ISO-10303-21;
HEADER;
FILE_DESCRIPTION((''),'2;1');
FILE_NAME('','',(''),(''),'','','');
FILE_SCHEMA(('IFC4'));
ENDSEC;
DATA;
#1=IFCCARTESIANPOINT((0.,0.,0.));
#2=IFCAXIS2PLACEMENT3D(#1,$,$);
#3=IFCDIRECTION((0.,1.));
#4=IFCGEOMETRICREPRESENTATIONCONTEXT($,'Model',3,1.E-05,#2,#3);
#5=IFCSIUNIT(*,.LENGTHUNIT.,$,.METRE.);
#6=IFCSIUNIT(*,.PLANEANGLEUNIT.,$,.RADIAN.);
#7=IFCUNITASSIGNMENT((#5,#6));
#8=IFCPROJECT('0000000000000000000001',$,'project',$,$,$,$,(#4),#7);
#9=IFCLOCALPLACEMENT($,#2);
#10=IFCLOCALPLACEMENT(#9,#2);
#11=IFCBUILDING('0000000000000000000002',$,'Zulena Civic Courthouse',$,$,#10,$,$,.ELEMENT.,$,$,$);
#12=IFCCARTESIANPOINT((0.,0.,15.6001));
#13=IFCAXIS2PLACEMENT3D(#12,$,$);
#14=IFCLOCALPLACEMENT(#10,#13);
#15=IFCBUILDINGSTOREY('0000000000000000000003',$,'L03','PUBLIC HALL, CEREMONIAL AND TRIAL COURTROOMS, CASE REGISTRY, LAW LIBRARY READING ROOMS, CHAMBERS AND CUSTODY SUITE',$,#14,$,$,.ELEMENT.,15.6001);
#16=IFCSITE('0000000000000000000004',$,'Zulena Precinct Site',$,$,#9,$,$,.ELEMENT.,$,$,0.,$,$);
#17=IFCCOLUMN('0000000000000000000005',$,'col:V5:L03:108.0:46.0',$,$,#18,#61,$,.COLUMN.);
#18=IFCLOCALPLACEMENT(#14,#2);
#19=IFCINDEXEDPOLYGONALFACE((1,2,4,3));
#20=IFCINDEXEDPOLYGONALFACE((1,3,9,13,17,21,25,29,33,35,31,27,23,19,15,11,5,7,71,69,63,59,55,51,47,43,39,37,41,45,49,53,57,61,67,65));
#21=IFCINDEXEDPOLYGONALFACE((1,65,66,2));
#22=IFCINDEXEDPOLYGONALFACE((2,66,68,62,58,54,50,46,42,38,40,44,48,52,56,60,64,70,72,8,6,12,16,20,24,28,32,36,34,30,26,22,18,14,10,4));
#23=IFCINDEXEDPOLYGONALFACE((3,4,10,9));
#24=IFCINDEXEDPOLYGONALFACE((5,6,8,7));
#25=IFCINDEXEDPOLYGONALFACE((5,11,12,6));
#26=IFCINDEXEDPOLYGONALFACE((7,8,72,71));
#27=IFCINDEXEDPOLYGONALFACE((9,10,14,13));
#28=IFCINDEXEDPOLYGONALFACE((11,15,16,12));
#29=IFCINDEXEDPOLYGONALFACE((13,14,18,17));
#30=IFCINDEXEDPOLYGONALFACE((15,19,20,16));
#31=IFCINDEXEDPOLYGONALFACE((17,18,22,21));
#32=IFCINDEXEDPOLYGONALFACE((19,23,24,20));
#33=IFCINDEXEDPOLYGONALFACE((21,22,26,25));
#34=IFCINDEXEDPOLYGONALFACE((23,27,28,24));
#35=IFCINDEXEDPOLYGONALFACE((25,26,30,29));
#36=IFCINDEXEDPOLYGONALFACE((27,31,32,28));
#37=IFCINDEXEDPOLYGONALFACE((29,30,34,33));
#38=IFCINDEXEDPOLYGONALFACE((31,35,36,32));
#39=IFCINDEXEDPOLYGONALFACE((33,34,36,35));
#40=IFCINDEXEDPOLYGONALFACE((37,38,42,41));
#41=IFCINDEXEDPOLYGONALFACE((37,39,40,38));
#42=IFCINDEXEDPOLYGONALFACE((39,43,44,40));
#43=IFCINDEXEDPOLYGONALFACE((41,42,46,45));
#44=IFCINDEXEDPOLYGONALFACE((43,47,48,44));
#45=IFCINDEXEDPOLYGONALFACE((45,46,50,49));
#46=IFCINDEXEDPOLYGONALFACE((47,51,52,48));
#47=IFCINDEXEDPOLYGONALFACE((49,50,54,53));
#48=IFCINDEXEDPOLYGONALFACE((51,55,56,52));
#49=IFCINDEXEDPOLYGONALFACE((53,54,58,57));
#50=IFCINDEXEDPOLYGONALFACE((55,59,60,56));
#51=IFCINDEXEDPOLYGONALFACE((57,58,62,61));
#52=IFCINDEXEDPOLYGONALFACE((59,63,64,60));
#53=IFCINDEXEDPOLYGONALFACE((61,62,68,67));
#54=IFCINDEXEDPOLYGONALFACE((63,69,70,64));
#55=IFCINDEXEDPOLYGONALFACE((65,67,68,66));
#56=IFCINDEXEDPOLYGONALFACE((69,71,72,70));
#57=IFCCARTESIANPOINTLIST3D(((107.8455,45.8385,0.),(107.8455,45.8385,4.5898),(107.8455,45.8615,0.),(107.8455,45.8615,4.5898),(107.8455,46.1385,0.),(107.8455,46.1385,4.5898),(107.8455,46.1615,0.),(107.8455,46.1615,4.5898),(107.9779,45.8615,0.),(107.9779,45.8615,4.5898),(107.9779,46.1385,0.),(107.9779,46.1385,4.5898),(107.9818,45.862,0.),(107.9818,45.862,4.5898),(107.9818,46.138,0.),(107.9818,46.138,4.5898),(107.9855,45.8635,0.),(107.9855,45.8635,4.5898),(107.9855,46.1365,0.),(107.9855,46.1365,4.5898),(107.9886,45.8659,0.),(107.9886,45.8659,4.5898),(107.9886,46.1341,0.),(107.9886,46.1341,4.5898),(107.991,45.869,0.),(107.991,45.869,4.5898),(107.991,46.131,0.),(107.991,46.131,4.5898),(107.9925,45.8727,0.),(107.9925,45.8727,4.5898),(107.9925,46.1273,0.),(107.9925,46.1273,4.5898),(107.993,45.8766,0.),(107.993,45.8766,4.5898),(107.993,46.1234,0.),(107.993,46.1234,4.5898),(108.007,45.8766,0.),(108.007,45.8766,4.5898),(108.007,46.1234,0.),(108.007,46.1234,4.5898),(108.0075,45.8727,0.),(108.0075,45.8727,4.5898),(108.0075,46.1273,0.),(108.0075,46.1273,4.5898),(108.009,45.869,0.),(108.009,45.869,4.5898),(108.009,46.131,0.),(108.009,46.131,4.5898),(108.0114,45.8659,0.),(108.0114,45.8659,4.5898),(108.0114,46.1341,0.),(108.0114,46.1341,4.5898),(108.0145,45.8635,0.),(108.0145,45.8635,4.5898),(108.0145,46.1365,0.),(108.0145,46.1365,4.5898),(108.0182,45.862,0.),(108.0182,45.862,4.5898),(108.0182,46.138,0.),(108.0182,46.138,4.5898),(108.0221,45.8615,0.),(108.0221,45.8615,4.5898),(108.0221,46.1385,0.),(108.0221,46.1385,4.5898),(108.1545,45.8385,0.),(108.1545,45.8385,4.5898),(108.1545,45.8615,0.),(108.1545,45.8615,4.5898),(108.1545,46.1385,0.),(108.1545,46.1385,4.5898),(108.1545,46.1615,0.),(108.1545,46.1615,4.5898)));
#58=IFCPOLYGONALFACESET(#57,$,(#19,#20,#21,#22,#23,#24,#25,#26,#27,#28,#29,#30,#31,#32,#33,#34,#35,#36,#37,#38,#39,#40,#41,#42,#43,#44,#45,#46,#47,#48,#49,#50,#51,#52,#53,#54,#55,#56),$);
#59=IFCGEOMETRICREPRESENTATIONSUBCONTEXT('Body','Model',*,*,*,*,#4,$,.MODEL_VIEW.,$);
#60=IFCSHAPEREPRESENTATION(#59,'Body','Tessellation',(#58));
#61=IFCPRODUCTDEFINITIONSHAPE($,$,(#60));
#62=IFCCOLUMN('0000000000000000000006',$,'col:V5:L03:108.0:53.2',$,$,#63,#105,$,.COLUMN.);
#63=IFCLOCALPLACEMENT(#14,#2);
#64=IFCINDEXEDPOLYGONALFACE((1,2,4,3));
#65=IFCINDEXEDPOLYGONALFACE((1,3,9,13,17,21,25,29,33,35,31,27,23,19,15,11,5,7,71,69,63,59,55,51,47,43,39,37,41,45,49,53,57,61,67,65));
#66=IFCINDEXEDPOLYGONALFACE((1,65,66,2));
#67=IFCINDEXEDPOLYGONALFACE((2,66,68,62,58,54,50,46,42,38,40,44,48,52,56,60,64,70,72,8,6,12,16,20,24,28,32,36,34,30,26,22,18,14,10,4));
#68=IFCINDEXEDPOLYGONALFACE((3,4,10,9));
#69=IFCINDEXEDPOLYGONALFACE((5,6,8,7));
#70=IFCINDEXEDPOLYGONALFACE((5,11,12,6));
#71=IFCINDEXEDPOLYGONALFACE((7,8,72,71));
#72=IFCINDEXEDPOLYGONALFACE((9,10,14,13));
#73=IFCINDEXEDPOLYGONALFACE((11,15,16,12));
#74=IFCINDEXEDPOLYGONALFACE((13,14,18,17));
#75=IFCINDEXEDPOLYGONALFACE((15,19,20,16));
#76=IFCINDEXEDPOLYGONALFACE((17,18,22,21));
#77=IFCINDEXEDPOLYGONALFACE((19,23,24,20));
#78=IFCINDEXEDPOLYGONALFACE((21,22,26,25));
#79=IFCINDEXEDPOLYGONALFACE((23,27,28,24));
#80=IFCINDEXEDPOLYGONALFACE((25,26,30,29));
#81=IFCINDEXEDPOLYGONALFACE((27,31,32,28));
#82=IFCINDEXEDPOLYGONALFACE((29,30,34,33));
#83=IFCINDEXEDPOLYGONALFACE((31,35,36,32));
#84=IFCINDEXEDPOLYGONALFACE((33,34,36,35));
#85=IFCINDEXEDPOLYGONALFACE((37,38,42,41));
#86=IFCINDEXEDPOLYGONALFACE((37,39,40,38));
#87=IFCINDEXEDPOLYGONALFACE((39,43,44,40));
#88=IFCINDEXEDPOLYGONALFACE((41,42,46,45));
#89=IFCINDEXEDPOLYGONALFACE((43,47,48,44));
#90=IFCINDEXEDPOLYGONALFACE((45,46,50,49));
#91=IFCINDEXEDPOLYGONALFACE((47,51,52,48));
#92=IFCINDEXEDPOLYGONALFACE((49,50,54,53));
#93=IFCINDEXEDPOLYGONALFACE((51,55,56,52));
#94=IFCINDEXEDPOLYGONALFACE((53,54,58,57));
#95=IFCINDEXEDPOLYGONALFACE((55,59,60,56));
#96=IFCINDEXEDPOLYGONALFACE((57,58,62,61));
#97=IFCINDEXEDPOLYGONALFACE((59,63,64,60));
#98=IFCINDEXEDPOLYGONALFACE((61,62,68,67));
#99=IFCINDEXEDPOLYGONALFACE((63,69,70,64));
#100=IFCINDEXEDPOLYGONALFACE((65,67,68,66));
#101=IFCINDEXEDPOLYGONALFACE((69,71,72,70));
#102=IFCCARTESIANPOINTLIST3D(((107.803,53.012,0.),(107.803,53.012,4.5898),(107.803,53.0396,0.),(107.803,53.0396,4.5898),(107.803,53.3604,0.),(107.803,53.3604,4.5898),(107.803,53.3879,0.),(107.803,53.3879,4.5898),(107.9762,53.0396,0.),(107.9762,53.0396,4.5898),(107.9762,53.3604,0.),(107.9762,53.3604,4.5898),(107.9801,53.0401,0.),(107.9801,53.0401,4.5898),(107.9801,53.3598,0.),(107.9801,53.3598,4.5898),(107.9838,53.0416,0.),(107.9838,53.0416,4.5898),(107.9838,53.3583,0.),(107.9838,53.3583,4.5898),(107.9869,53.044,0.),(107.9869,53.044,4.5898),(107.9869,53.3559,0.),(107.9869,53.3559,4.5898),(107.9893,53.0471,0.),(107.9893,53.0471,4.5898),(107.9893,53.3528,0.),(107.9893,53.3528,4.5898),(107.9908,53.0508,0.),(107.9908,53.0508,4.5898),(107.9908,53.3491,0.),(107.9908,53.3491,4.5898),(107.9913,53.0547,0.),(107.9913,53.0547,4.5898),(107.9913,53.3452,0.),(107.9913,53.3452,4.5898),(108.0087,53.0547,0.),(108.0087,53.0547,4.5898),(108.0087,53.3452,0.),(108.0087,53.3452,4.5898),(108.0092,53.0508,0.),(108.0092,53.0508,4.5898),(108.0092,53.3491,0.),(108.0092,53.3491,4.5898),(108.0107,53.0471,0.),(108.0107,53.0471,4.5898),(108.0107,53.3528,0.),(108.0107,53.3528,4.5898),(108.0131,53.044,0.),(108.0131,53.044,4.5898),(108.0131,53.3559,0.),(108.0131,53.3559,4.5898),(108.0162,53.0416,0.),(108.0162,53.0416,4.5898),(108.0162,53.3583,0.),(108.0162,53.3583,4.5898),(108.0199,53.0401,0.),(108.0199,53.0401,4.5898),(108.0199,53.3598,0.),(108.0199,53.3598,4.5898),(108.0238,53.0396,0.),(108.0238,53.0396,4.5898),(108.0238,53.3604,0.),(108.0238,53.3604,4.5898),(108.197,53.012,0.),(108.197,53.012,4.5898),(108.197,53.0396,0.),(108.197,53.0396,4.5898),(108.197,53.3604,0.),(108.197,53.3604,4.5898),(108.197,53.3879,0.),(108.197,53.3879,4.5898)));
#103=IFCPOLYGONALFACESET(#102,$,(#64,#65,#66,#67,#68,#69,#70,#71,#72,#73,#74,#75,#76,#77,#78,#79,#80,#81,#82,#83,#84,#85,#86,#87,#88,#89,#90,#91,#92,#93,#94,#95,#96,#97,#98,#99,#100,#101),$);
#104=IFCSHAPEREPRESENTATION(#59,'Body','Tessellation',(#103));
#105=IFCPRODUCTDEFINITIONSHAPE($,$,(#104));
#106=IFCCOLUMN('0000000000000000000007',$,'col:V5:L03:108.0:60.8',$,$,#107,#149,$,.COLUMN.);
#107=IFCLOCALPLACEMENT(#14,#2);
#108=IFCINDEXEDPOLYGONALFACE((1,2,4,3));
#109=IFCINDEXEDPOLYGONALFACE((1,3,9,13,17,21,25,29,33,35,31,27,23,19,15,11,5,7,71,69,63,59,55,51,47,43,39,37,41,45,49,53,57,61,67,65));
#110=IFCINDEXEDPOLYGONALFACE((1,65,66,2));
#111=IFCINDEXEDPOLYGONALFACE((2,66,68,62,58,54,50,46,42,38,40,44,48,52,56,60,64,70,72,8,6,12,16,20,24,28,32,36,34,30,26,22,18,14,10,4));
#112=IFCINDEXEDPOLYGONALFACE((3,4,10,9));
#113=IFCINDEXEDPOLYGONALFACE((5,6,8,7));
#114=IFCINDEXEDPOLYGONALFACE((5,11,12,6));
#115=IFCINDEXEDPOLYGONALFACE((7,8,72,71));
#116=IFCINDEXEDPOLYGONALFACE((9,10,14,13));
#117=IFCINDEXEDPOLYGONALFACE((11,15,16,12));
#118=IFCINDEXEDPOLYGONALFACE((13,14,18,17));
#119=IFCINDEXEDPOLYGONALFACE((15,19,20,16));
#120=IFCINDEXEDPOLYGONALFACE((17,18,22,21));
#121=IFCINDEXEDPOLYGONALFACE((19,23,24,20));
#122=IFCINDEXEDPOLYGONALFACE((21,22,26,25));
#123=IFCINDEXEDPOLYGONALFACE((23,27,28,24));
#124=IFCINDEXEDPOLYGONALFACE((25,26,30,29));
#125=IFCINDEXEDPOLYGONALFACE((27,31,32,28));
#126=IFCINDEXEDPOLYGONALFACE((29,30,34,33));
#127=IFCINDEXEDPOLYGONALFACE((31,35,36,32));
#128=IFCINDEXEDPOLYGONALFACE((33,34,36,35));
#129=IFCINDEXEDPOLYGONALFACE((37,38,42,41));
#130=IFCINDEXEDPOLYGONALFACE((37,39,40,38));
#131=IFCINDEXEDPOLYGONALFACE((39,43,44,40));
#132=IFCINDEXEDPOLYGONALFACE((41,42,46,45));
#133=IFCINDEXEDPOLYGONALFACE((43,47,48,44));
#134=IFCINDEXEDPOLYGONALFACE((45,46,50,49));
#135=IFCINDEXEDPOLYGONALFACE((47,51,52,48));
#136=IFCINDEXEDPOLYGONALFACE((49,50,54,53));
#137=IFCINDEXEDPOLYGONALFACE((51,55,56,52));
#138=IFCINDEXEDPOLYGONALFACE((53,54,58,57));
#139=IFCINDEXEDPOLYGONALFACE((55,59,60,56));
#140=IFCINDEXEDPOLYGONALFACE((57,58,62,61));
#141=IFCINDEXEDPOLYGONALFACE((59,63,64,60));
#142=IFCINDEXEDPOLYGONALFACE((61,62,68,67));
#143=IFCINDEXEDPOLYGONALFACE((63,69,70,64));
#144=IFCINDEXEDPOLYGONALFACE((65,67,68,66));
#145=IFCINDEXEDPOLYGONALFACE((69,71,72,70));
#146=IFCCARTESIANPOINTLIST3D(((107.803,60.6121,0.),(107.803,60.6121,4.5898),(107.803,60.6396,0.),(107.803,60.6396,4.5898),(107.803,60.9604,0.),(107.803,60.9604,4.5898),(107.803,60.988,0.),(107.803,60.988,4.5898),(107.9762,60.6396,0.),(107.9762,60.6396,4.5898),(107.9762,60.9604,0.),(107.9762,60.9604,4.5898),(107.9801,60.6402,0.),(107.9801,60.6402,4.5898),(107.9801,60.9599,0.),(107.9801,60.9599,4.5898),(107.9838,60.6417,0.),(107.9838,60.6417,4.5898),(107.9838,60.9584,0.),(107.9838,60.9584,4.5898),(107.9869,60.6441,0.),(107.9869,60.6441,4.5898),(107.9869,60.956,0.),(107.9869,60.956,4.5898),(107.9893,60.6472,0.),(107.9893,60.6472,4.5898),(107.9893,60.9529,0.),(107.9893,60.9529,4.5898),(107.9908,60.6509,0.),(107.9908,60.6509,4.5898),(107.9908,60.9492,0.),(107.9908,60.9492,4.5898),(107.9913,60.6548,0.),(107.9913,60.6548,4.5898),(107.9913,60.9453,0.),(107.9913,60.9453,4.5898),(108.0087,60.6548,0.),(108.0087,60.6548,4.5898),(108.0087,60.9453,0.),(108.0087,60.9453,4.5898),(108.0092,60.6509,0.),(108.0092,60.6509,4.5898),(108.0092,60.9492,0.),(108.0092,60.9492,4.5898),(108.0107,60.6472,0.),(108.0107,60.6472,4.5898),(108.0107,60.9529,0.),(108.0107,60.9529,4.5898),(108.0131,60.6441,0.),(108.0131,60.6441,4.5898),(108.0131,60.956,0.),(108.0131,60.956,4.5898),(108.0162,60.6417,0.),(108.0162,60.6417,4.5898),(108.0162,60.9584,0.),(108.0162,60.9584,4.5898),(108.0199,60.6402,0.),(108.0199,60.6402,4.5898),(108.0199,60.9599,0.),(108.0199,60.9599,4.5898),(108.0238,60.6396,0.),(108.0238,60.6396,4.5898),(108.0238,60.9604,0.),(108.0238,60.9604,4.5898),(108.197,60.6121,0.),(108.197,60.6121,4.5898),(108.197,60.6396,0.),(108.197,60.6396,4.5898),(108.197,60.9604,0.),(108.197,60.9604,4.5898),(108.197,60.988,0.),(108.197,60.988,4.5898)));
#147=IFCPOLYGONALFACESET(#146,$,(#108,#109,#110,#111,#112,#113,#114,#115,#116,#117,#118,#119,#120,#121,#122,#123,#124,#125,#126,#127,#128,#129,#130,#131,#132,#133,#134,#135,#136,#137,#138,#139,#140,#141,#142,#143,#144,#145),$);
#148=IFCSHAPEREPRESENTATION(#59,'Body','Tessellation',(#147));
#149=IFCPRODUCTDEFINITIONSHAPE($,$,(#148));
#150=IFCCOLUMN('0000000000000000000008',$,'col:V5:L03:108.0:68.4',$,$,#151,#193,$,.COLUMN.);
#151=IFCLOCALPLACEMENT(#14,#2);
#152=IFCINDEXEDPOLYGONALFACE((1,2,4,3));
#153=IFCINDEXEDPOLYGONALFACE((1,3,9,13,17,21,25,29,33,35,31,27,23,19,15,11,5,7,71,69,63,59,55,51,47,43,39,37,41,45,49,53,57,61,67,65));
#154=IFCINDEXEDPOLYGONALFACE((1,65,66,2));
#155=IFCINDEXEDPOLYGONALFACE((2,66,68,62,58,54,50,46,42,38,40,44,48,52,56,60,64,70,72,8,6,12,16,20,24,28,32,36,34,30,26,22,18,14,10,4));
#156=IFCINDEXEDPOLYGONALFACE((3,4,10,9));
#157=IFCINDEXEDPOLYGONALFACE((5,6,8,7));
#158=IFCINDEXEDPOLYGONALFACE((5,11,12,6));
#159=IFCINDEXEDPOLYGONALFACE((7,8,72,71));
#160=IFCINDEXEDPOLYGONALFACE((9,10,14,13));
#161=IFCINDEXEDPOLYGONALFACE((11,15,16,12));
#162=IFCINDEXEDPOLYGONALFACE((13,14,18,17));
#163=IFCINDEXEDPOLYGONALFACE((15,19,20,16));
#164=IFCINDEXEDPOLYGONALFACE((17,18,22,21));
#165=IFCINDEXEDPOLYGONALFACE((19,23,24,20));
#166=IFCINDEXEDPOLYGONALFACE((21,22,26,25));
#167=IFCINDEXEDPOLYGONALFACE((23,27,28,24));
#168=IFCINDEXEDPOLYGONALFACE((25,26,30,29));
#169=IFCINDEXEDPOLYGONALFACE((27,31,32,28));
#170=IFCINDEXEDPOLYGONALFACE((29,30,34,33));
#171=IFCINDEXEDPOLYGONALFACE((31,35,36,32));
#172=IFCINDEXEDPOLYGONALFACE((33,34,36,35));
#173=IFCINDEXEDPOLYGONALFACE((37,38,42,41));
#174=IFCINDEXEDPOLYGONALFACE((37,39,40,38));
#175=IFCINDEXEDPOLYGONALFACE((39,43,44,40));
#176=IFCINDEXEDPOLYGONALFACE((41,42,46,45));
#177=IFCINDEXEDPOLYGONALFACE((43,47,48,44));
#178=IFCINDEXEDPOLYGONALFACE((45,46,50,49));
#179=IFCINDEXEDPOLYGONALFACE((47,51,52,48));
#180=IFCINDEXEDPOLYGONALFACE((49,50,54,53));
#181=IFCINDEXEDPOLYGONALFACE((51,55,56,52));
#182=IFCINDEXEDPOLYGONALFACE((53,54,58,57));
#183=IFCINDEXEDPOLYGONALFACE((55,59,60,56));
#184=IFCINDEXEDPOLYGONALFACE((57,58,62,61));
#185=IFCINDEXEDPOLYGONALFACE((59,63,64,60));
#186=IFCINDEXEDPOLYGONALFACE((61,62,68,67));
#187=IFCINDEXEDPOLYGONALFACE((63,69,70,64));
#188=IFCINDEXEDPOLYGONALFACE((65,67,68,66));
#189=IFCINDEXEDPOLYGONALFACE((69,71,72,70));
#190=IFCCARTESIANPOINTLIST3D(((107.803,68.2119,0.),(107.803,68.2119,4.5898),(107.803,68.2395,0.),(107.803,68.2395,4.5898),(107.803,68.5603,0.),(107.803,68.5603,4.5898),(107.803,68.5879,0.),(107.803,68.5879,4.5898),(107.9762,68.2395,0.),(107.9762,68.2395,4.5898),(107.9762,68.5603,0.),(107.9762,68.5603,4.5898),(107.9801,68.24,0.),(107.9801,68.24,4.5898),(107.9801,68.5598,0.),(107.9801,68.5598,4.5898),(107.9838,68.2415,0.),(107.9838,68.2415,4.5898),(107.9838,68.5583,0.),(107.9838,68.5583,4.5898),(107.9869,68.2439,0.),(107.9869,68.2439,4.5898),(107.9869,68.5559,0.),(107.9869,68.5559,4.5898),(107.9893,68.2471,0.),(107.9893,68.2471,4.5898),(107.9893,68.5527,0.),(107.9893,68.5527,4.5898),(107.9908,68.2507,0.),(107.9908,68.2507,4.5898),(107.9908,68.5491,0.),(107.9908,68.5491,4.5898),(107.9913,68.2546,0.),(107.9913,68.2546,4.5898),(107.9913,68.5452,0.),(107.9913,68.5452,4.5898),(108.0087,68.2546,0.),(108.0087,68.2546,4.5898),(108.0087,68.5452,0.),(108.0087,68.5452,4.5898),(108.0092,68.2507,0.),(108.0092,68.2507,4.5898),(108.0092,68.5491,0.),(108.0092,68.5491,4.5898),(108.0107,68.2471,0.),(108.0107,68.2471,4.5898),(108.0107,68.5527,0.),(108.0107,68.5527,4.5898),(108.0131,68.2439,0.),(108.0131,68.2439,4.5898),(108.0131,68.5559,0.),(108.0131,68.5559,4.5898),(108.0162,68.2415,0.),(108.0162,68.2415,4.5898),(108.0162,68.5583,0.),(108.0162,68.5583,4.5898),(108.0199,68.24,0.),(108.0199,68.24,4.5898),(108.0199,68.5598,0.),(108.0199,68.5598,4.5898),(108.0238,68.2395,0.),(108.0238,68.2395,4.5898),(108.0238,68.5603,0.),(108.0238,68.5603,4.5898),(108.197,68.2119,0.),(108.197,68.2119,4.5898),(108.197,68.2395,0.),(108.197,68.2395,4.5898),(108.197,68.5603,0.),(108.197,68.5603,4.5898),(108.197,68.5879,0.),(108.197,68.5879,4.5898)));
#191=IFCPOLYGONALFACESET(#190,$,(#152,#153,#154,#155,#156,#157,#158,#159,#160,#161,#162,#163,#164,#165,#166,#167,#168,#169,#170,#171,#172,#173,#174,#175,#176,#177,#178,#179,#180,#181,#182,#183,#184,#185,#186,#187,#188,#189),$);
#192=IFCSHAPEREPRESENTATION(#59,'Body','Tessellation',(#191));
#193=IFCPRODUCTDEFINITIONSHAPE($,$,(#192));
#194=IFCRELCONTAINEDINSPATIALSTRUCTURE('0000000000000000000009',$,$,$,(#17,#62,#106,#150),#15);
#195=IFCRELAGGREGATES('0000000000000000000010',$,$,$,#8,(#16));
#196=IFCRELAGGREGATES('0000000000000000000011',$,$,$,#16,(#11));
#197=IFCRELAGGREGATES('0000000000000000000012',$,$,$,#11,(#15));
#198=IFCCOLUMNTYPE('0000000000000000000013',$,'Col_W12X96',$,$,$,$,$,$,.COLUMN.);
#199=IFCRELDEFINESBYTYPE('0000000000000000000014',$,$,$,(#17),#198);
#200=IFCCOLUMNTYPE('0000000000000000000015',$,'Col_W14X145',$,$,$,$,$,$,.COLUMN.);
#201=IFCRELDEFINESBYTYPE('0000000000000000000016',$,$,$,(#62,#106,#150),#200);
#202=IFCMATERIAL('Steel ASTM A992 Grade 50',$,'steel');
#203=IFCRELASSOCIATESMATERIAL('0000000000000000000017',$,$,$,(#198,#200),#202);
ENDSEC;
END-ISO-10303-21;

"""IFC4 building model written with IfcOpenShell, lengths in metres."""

from ifc_helpers import new_model, si_unit, direction, frame, origin, origin_2d, place, context, subcontext, project, spatial, i_section, extrude, material, material_profile, profile_set, type_object, element, save


model = new_model("IFC4")

# Units and contexts
model_context = context("Model", 3, precision=1e-05, world=origin(), true_north=direction((0.0, 1.0)))
body_context = subcontext(model_context, "Body", "Model", "MODEL_VIEW")
ifc_project = project(units=[si_unit("LENGTHUNIT", "METRE"), si_unit("PLANEANGLEUNIT", "RADIAN")], contexts=[model_context])

# Site, building, storey
site_placement = place(None, origin())
site = spatial("IfcSite", under=ifc_project, at=site_placement, Name="Zulena Precinct Site", CompositionType="ELEMENT", RefElevation=0.0)
building_placement = place(site_placement, origin())
building = spatial("IfcBuilding", under=site, at=building_placement, Name="Zulena Civic Courthouse", CompositionType="ELEMENT")
storey_placement = place(building_placement, frame((0.0, 0.0, 15.6001)))
storey = spatial("IfcBuildingStorey", under=building, at=storey_placement, Name="L03", Description="PUBLIC HALL, CEREMONIAL AND TRIAL COURTROOMS, CASE REGISTRY, LAW LIBRARY READING ROOMS, CHAMBERS AND CUSTODY SUITE", CompositionType="ELEMENT", Elevation=15.6001)

# Columns
ifc_material_1 = material(Name="Steel ASTM A992 Grade 50", Category="steel")
ifc_material_profile_1 = material_profile(ifc_material_1, i_section(OverallWidth=0.3091, OverallDepth=0.323, WebThickness=0.0139, FlangeThickness=0.0229, FilletRadius=0.0151, at=origin_2d()), Name="W12X96")
ifc_profile_set_1 = profile_set([ifc_material_profile_1], Name="Steel ASTM A992 Grade 50")
column_type_1 = type_object("IfcColumnType", Name="Col_W12X96", PredefinedType="COLUMN", material=ifc_profile_set_1)
for number, where, z_axis, x_axis, name in (
    (1, (108.0, 46.0, 0.0), (0.0, 0.0, 1.0), (1.0, 0.0, 0.0), "col:V5:L03:108.0:46.0"),
):
    element("IfcColumn", number, at=place(storey_placement, frame(where, z_axis=z_axis, x_axis=x_axis)), inside=storey, type_object=column_type_1, Name=name, PredefinedType="COLUMN", context=body_context, shape_type="SweptSolid", body=[
        extrude(i_section(OverallWidth=0.3091, OverallDepth=0.323, WebThickness=0.0139, FlangeThickness=0.0229, FilletRadius=0.0151, at=origin_2d()), origin(), (0.0, 0.0, 1.0), 4.5898),
    ])
ifc_material_profile_2 = material_profile(ifc_material_1, i_section(OverallWidth=0.394, OverallDepth=0.376, WebThickness=0.0173, FlangeThickness=0.0276, FilletRadius=0.0151, at=origin_2d()), Name="W14X145")
ifc_profile_set_2 = profile_set([ifc_material_profile_2], Name="Steel ASTM A992 Grade 50")
column_type_2 = type_object("IfcColumnType", Name="Col_W14X145", PredefinedType="COLUMN", material=ifc_profile_set_2)
for number, where, z_axis, x_axis, name in (
    (2, (108.0, 53.2, 0.0), (0.0, 0.0, 1.0), (1.0, 0.0, 0.0), "col:V5:L03:108.0:53.2"),
    (3, (108.0, 60.8, 0.0), (0.0, 0.0, 1.0), (1.0, 0.0, 0.0), "col:V5:L03:108.0:60.8"),
    (4, (108.0, 68.3999, 0.0), (0.0, 0.0, 1.0), (1.0, 0.0, 0.0), "col:V5:L03:108.0:68.4"),
):
    element("IfcColumn", number, at=place(storey_placement, frame(where, z_axis=z_axis, x_axis=x_axis)), inside=storey, type_object=column_type_2, Name=name, PredefinedType="COLUMN", context=body_context, shape_type="SweptSolid", body=[
        extrude(i_section(OverallWidth=0.394, OverallDepth=0.376, WebThickness=0.0173, FlangeThickness=0.0276, FilletRadius=0.0151, at=origin_2d()), origin(), (0.0, 0.0, 1.0), 4.5898),
    ])

save(model, "model.ifc")
